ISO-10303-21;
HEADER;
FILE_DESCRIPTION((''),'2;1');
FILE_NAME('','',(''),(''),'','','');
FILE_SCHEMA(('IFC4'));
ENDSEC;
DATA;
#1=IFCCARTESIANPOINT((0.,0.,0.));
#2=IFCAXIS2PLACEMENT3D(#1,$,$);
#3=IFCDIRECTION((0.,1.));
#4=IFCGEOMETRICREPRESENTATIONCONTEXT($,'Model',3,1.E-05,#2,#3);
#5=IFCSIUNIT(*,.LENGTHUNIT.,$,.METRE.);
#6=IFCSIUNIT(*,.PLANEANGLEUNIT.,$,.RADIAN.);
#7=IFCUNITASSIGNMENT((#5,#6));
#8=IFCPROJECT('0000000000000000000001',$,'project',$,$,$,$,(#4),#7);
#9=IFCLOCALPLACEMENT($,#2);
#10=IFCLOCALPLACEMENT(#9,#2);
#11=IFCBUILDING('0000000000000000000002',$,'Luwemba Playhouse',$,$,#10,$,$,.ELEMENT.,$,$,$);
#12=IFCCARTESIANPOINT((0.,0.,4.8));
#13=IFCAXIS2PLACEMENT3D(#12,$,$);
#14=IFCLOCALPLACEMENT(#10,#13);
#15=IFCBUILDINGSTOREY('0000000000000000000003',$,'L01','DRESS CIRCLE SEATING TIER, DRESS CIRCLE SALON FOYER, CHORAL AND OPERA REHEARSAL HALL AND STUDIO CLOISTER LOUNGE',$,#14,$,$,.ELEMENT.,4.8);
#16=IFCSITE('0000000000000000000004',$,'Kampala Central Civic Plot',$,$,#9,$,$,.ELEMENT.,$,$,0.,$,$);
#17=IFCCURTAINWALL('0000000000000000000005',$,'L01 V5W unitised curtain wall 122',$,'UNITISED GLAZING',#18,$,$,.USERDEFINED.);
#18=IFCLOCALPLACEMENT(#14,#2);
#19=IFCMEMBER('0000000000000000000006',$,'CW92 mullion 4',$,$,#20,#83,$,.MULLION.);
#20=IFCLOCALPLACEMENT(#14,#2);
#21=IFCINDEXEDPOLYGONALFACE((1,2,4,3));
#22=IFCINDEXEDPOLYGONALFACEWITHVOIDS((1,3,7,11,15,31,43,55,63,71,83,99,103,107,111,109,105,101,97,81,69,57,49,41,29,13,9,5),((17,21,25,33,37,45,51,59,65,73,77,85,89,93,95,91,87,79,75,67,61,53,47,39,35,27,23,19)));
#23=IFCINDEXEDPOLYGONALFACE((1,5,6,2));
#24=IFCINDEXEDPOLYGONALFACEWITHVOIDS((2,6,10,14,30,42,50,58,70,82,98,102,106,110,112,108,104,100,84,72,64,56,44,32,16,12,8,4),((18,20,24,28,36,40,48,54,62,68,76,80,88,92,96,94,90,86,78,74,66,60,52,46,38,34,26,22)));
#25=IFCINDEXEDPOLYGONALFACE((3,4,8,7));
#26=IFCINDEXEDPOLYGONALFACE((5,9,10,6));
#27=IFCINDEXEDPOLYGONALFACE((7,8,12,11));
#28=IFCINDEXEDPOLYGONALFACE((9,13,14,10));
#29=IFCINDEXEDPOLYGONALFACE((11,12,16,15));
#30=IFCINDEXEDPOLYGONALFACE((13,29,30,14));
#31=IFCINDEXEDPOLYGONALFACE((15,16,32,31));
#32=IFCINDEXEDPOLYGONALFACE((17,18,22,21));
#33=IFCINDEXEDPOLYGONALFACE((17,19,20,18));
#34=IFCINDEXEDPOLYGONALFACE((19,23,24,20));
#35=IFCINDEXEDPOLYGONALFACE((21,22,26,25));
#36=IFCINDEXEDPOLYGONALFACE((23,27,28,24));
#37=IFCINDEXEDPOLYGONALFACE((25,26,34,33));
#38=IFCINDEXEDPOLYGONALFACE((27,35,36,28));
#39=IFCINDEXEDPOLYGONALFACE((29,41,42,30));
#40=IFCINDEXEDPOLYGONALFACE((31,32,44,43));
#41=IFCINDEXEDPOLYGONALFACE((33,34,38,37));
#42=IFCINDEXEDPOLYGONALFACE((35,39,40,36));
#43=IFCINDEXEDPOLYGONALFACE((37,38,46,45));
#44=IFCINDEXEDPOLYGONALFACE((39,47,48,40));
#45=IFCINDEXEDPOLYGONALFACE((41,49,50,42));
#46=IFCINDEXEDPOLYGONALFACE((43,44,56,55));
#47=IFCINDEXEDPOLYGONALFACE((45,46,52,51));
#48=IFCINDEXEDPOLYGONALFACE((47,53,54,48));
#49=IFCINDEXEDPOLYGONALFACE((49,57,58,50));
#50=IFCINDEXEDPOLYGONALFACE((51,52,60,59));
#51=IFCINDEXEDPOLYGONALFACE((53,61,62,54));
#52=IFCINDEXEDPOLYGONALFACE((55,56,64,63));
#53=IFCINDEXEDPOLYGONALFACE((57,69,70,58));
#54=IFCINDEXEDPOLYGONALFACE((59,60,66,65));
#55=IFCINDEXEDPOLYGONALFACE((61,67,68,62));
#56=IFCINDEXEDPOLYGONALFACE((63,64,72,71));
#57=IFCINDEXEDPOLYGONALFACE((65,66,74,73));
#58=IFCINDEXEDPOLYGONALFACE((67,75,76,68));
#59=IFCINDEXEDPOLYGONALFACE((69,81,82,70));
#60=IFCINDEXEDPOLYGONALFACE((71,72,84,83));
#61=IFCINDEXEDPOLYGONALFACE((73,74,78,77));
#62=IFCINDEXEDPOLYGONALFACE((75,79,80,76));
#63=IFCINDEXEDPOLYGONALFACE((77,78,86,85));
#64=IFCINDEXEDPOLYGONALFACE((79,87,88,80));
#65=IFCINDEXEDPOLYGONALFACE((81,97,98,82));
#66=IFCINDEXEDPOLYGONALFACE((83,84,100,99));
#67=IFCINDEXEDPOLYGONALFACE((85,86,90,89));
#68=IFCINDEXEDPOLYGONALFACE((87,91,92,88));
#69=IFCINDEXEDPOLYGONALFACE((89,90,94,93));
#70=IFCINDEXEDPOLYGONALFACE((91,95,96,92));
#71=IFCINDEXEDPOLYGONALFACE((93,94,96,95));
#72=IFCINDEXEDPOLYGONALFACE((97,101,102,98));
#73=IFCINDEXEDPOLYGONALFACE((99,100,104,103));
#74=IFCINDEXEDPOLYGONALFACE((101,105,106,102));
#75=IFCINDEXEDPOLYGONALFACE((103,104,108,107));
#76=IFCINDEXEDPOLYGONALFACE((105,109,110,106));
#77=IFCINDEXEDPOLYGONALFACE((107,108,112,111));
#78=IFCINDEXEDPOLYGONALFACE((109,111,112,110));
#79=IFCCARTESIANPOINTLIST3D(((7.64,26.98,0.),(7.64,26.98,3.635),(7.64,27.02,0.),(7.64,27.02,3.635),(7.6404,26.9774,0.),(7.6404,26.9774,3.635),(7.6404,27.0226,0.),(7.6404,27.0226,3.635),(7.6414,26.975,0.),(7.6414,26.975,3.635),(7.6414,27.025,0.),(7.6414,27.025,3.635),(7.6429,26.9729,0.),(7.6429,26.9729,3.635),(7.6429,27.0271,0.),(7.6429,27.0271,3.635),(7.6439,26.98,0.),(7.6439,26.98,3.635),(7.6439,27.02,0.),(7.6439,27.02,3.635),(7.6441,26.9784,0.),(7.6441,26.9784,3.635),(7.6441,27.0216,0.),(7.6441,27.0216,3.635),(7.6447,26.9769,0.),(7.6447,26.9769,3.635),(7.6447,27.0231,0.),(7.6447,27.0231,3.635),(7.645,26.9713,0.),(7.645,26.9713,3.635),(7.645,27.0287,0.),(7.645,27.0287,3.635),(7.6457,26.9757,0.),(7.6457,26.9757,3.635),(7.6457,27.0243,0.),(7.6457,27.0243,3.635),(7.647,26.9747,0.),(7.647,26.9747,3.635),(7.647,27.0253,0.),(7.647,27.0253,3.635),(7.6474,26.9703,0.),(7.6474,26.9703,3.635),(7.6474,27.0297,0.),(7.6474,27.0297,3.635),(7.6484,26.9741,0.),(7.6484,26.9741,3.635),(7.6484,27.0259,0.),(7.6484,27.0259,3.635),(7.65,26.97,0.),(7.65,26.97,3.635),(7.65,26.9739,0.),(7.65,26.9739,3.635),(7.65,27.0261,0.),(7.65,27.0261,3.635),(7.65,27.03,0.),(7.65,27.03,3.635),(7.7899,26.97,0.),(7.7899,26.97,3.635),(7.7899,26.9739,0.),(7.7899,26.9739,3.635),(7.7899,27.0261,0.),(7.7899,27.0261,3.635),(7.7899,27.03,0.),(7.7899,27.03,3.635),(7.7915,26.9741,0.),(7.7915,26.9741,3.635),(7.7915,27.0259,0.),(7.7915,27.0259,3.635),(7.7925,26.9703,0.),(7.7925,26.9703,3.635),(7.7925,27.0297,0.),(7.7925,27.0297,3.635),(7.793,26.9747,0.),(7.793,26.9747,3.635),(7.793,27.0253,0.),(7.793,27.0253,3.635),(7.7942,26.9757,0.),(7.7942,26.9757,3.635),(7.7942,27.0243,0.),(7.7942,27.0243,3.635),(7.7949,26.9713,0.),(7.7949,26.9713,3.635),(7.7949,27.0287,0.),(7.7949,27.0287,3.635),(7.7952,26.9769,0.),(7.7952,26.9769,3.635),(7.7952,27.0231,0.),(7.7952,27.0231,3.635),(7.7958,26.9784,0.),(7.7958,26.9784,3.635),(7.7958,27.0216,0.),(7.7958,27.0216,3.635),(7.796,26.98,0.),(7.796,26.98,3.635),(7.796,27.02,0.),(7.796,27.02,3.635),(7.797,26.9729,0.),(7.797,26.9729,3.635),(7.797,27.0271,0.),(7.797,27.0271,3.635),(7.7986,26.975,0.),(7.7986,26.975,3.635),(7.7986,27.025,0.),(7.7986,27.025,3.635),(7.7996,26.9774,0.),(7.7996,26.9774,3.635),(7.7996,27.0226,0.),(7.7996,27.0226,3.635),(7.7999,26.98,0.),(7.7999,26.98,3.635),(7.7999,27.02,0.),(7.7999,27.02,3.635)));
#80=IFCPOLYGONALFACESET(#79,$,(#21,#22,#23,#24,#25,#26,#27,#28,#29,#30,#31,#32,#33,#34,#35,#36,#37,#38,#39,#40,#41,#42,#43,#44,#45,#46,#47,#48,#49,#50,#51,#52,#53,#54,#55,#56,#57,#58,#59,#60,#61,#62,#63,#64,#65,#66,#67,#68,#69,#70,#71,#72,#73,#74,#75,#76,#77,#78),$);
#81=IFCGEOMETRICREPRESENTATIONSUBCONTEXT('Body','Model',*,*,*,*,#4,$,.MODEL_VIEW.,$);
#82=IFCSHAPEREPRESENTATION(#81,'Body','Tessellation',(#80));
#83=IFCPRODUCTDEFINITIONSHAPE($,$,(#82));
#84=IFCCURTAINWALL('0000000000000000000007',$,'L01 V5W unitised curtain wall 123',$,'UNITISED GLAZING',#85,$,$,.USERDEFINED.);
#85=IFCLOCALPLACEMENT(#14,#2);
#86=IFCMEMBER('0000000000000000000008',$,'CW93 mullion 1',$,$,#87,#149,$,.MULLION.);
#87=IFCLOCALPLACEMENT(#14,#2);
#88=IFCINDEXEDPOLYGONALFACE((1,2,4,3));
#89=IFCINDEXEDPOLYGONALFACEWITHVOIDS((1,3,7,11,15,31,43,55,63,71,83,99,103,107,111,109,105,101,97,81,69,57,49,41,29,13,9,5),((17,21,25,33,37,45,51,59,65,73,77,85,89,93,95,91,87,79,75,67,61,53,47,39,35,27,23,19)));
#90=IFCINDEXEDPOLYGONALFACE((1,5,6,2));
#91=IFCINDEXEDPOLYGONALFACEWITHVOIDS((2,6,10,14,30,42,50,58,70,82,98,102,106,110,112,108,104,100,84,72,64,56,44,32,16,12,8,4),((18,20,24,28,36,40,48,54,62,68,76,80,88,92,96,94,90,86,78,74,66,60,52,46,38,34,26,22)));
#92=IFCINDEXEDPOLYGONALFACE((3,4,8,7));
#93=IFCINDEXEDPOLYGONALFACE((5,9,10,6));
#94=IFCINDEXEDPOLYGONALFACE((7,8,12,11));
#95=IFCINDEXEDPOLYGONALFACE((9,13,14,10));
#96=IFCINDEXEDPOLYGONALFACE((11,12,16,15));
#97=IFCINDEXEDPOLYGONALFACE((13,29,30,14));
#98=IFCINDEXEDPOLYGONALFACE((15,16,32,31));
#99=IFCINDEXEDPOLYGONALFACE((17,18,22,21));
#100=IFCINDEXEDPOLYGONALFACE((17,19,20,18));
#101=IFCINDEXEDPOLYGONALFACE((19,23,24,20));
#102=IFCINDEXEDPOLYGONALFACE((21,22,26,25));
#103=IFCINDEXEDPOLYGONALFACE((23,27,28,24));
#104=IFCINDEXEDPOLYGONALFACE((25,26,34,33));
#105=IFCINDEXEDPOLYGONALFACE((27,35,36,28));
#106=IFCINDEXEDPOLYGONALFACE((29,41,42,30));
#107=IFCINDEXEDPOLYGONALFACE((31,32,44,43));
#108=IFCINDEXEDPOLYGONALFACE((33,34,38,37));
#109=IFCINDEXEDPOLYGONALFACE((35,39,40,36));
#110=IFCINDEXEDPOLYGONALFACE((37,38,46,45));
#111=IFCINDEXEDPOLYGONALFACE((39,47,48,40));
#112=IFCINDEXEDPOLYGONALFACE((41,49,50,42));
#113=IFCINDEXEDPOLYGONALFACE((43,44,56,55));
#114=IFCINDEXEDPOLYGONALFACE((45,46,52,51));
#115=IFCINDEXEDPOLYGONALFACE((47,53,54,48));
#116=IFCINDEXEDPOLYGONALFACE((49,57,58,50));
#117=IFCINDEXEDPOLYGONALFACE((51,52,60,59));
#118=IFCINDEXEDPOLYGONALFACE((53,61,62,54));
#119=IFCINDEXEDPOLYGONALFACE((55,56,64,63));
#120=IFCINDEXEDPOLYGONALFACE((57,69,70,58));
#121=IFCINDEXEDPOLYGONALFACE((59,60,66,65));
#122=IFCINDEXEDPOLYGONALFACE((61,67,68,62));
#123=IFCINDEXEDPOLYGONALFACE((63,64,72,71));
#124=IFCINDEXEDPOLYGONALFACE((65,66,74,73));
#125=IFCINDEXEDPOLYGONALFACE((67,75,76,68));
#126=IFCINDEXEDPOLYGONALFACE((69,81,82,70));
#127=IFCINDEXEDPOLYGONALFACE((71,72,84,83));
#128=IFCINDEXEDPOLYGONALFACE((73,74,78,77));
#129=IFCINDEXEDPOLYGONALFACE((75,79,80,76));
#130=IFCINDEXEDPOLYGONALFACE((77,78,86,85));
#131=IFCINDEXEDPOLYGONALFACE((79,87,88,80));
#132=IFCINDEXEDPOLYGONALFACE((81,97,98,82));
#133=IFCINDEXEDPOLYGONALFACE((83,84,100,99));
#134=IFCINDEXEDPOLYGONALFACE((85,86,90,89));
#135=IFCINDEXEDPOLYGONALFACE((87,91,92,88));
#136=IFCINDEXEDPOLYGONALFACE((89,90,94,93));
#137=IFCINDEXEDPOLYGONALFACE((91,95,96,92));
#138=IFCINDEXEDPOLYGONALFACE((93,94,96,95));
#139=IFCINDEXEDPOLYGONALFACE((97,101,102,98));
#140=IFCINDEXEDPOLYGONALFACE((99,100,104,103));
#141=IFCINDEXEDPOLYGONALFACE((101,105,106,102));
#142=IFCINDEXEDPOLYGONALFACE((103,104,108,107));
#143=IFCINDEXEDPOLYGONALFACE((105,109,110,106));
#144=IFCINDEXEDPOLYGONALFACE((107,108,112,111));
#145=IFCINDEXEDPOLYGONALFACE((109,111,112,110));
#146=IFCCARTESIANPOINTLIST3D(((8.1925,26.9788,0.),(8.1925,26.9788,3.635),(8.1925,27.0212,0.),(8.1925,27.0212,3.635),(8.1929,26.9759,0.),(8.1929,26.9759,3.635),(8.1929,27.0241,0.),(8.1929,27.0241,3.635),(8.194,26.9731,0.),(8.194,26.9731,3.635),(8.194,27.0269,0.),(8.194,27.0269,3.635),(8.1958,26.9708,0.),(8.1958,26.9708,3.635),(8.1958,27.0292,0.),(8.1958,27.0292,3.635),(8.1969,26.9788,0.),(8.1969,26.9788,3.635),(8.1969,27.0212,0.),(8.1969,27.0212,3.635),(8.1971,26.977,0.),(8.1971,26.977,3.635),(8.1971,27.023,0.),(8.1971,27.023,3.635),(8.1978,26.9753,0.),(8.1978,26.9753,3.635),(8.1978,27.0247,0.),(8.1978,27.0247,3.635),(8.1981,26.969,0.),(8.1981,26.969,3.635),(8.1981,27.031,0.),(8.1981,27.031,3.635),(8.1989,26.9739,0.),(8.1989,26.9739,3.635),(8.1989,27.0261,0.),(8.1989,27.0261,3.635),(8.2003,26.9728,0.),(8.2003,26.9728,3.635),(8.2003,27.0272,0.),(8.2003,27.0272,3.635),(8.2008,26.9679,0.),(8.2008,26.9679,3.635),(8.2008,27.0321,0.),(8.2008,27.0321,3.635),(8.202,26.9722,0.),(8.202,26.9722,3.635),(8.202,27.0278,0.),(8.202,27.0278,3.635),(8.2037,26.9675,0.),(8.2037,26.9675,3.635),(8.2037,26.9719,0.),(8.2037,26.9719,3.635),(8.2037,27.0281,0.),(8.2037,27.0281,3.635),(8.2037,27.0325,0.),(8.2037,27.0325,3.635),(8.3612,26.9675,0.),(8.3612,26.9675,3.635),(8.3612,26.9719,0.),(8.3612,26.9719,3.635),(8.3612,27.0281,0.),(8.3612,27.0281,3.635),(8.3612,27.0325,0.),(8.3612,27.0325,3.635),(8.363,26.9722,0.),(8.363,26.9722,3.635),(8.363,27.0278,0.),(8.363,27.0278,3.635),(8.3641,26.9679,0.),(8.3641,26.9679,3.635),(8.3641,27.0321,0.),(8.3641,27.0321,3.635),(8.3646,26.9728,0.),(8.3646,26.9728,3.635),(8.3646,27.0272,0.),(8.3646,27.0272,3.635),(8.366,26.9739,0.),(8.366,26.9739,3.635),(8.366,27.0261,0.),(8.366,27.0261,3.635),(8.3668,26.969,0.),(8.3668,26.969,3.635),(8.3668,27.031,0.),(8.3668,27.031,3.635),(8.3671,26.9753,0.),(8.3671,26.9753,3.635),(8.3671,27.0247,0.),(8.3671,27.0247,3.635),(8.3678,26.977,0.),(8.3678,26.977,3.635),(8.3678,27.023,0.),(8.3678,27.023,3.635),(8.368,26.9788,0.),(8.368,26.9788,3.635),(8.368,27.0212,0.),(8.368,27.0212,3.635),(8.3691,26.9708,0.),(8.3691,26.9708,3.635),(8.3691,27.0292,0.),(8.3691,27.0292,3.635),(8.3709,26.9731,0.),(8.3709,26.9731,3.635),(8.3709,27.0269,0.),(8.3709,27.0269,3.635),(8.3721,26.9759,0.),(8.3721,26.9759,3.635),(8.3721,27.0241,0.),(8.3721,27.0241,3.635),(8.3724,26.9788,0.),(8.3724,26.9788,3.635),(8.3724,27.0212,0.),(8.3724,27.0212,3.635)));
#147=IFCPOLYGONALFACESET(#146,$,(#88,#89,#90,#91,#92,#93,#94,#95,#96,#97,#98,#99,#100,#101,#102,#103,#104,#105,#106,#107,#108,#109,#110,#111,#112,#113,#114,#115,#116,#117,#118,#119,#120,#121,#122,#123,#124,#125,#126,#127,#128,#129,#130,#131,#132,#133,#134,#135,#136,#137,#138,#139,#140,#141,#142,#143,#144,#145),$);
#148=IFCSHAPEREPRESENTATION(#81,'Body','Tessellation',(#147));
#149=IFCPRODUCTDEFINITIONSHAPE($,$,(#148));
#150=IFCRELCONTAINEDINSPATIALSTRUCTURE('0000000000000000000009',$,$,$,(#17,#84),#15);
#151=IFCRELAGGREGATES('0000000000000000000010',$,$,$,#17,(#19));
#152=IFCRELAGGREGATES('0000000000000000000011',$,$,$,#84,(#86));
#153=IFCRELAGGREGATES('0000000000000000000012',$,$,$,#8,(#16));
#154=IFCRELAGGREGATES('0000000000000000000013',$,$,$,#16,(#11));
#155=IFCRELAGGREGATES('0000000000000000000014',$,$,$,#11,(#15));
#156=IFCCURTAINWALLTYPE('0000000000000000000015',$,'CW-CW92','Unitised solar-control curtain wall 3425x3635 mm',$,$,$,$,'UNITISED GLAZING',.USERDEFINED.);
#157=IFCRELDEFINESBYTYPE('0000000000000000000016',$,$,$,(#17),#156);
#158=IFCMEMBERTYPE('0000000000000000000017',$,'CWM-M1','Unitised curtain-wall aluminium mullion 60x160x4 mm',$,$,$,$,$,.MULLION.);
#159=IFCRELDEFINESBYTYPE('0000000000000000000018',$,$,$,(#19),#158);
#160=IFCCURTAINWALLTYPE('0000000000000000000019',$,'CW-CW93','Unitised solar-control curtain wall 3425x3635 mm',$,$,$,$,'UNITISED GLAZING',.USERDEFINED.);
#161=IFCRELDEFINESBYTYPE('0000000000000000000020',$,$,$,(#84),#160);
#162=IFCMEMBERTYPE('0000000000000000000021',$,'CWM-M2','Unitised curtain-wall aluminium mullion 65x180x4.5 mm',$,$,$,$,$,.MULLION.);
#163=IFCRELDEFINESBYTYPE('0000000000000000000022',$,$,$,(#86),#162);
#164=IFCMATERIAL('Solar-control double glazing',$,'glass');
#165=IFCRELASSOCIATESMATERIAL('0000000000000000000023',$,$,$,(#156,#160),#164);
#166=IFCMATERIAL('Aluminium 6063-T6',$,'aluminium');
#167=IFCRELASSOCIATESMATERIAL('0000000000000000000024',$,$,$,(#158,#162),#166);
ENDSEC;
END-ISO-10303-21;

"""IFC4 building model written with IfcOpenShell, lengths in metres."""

from ifc_helpers import new_model, si_unit, direction, frame, origin, origin_2d, place, context, subcontext, project, spatial, hollow_rectangle, extrude, material, material_profile, profile_set, type_object, element, aggregate, save


model = new_model("IFC4")

# Units and contexts
model_context = context("Model", 3, precision=1e-05, world=origin(), true_north=direction((0.0, 1.0)))
body_context = subcontext(model_context, "Body", "Model", "MODEL_VIEW")
ifc_project = project(units=[si_unit("LENGTHUNIT", "METRE"), si_unit("PLANEANGLEUNIT", "RADIAN")], contexts=[model_context])

# Site, building, storey
site_placement = place(None, origin())
site = spatial("IfcSite", under=ifc_project, at=site_placement, Name="Kampala Central Civic Plot", CompositionType="ELEMENT", RefElevation=0.0)
building_placement = place(site_placement, origin())
building = spatial("IfcBuilding", under=site, at=building_placement, Name="Luwemba Playhouse", CompositionType="ELEMENT")
storey_placement = place(building_placement, frame((0.0, 0.0, 4.8)))
storey = spatial("IfcBuildingStorey", under=building, at=storey_placement, Name="L01", Description="DRESS CIRCLE SEATING TIER, DRESS CIRCLE SALON FOYER, CHORAL AND OPERA REHEARSAL HALL AND STUDIO CLOISTER LOUNGE", CompositionType="ELEMENT", Elevation=4.8)

# Curtain wall, member
ifc_material_1 = material(Name="Solar-control double glazing", Category="glass")
curtain_wall_type_1 = type_object("IfcCurtainWallType", Name="CW-CW92", Description="Unitised solar-control curtain wall 3425x3635 mm", ElementType="UNITISED GLAZING", PredefinedType="USERDEFINED", material=ifc_material_1)
curtain_wall_1_placement = place(storey_placement, origin())
curtain_wall_1 = element("IfcCurtainWall", 1, at=curtain_wall_1_placement, inside=storey, type_object=curtain_wall_type_1, Name="L01 V5W unitised curtain wall 122", ObjectType="UNITISED GLAZING", PredefinedType="USERDEFINED")
ifc_material_2 = material(Name="Aluminium 6063-T6", Category="aluminium")
ifc_material_profile_1 = material_profile(ifc_material_2, hollow_rectangle(XDim=0.0601, YDim=0.1599, WallThickness=0.0039, InnerFilletRadius=0.0061, OuterFilletRadius=0.01, at=origin_2d()))
ifc_profile_set_1 = profile_set([ifc_material_profile_1], Name="Aluminium 6063-T6")
member_type_1 = type_object("IfcMemberType", Name="CWM-M1", Description="Unitised curtain-wall aluminium mullion 60x160x4 mm", PredefinedType="MULLION", material=ifc_profile_set_1)
member_1_placement = place(storey_placement, frame((7.72, 27.0, 0.0), z_axis=(0.0, 0.0, 1.0), x_axis=(0.0, 1.0, 0.0)))
member_1 = element("IfcMember", 2, at=member_1_placement, type_object=member_type_1, Name="CW92 mullion 4", PredefinedType="MULLION", context=body_context, shape_type="SweptSolid", body=[
    extrude(hollow_rectangle(XDim=0.0601, YDim=0.1599, WallThickness=0.0039, InnerFilletRadius=0.0061, OuterFilletRadius=0.01, at=origin_2d()), origin(), (0.0, 0.0, 1.0), 3.635),
])

# Curtain wall, member
curtain_wall_type_2 = type_object("IfcCurtainWallType", Name="CW-CW93", Description="Unitised solar-control curtain wall 3425x3635 mm", ElementType="UNITISED GLAZING", PredefinedType="USERDEFINED", material=ifc_material_1)
curtain_wall_2_placement = place(storey_placement, origin())
curtain_wall_2 = element("IfcCurtainWall", 3, at=curtain_wall_2_placement, inside=storey, type_object=curtain_wall_type_2, Name="L01 V5W unitised curtain wall 123", ObjectType="UNITISED GLAZING", PredefinedType="USERDEFINED")
ifc_material_profile_2 = material_profile(ifc_material_2, hollow_rectangle(XDim=0.0649, YDim=0.1799, WallThickness=0.0044, InnerFilletRadius=0.0068, OuterFilletRadius=0.0112, at=origin_2d()))
ifc_profile_set_2 = profile_set([ifc_material_profile_2], Name="Aluminium 6063-T6")
member_type_2 = type_object("IfcMemberType", Name="CWM-M2", Description="Unitised curtain-wall aluminium mullion 65x180x4.5 mm", PredefinedType="MULLION", material=ifc_profile_set_2)
member_2_placement = place(storey_placement, frame((8.2825, 27.0, 0.0), z_axis=(0.0, 0.0, 1.0), x_axis=(0.0, 1.0, 0.0)))
member_2 = element("IfcMember", 4, at=member_2_placement, type_object=member_type_2, Name="CW93 mullion 1", PredefinedType="MULLION", context=body_context, shape_type="SweptSolid", body=[
    extrude(hollow_rectangle(XDim=0.0649, YDim=0.1799, WallThickness=0.0044, InnerFilletRadius=0.0068, OuterFilletRadius=0.0112, at=origin_2d()), origin(), (0.0, 0.0, 1.0), 3.635),
])

aggregate(curtain_wall_1, [member_1])
aggregate(curtain_wall_2, [member_2])

save(model, "model.ifc")
